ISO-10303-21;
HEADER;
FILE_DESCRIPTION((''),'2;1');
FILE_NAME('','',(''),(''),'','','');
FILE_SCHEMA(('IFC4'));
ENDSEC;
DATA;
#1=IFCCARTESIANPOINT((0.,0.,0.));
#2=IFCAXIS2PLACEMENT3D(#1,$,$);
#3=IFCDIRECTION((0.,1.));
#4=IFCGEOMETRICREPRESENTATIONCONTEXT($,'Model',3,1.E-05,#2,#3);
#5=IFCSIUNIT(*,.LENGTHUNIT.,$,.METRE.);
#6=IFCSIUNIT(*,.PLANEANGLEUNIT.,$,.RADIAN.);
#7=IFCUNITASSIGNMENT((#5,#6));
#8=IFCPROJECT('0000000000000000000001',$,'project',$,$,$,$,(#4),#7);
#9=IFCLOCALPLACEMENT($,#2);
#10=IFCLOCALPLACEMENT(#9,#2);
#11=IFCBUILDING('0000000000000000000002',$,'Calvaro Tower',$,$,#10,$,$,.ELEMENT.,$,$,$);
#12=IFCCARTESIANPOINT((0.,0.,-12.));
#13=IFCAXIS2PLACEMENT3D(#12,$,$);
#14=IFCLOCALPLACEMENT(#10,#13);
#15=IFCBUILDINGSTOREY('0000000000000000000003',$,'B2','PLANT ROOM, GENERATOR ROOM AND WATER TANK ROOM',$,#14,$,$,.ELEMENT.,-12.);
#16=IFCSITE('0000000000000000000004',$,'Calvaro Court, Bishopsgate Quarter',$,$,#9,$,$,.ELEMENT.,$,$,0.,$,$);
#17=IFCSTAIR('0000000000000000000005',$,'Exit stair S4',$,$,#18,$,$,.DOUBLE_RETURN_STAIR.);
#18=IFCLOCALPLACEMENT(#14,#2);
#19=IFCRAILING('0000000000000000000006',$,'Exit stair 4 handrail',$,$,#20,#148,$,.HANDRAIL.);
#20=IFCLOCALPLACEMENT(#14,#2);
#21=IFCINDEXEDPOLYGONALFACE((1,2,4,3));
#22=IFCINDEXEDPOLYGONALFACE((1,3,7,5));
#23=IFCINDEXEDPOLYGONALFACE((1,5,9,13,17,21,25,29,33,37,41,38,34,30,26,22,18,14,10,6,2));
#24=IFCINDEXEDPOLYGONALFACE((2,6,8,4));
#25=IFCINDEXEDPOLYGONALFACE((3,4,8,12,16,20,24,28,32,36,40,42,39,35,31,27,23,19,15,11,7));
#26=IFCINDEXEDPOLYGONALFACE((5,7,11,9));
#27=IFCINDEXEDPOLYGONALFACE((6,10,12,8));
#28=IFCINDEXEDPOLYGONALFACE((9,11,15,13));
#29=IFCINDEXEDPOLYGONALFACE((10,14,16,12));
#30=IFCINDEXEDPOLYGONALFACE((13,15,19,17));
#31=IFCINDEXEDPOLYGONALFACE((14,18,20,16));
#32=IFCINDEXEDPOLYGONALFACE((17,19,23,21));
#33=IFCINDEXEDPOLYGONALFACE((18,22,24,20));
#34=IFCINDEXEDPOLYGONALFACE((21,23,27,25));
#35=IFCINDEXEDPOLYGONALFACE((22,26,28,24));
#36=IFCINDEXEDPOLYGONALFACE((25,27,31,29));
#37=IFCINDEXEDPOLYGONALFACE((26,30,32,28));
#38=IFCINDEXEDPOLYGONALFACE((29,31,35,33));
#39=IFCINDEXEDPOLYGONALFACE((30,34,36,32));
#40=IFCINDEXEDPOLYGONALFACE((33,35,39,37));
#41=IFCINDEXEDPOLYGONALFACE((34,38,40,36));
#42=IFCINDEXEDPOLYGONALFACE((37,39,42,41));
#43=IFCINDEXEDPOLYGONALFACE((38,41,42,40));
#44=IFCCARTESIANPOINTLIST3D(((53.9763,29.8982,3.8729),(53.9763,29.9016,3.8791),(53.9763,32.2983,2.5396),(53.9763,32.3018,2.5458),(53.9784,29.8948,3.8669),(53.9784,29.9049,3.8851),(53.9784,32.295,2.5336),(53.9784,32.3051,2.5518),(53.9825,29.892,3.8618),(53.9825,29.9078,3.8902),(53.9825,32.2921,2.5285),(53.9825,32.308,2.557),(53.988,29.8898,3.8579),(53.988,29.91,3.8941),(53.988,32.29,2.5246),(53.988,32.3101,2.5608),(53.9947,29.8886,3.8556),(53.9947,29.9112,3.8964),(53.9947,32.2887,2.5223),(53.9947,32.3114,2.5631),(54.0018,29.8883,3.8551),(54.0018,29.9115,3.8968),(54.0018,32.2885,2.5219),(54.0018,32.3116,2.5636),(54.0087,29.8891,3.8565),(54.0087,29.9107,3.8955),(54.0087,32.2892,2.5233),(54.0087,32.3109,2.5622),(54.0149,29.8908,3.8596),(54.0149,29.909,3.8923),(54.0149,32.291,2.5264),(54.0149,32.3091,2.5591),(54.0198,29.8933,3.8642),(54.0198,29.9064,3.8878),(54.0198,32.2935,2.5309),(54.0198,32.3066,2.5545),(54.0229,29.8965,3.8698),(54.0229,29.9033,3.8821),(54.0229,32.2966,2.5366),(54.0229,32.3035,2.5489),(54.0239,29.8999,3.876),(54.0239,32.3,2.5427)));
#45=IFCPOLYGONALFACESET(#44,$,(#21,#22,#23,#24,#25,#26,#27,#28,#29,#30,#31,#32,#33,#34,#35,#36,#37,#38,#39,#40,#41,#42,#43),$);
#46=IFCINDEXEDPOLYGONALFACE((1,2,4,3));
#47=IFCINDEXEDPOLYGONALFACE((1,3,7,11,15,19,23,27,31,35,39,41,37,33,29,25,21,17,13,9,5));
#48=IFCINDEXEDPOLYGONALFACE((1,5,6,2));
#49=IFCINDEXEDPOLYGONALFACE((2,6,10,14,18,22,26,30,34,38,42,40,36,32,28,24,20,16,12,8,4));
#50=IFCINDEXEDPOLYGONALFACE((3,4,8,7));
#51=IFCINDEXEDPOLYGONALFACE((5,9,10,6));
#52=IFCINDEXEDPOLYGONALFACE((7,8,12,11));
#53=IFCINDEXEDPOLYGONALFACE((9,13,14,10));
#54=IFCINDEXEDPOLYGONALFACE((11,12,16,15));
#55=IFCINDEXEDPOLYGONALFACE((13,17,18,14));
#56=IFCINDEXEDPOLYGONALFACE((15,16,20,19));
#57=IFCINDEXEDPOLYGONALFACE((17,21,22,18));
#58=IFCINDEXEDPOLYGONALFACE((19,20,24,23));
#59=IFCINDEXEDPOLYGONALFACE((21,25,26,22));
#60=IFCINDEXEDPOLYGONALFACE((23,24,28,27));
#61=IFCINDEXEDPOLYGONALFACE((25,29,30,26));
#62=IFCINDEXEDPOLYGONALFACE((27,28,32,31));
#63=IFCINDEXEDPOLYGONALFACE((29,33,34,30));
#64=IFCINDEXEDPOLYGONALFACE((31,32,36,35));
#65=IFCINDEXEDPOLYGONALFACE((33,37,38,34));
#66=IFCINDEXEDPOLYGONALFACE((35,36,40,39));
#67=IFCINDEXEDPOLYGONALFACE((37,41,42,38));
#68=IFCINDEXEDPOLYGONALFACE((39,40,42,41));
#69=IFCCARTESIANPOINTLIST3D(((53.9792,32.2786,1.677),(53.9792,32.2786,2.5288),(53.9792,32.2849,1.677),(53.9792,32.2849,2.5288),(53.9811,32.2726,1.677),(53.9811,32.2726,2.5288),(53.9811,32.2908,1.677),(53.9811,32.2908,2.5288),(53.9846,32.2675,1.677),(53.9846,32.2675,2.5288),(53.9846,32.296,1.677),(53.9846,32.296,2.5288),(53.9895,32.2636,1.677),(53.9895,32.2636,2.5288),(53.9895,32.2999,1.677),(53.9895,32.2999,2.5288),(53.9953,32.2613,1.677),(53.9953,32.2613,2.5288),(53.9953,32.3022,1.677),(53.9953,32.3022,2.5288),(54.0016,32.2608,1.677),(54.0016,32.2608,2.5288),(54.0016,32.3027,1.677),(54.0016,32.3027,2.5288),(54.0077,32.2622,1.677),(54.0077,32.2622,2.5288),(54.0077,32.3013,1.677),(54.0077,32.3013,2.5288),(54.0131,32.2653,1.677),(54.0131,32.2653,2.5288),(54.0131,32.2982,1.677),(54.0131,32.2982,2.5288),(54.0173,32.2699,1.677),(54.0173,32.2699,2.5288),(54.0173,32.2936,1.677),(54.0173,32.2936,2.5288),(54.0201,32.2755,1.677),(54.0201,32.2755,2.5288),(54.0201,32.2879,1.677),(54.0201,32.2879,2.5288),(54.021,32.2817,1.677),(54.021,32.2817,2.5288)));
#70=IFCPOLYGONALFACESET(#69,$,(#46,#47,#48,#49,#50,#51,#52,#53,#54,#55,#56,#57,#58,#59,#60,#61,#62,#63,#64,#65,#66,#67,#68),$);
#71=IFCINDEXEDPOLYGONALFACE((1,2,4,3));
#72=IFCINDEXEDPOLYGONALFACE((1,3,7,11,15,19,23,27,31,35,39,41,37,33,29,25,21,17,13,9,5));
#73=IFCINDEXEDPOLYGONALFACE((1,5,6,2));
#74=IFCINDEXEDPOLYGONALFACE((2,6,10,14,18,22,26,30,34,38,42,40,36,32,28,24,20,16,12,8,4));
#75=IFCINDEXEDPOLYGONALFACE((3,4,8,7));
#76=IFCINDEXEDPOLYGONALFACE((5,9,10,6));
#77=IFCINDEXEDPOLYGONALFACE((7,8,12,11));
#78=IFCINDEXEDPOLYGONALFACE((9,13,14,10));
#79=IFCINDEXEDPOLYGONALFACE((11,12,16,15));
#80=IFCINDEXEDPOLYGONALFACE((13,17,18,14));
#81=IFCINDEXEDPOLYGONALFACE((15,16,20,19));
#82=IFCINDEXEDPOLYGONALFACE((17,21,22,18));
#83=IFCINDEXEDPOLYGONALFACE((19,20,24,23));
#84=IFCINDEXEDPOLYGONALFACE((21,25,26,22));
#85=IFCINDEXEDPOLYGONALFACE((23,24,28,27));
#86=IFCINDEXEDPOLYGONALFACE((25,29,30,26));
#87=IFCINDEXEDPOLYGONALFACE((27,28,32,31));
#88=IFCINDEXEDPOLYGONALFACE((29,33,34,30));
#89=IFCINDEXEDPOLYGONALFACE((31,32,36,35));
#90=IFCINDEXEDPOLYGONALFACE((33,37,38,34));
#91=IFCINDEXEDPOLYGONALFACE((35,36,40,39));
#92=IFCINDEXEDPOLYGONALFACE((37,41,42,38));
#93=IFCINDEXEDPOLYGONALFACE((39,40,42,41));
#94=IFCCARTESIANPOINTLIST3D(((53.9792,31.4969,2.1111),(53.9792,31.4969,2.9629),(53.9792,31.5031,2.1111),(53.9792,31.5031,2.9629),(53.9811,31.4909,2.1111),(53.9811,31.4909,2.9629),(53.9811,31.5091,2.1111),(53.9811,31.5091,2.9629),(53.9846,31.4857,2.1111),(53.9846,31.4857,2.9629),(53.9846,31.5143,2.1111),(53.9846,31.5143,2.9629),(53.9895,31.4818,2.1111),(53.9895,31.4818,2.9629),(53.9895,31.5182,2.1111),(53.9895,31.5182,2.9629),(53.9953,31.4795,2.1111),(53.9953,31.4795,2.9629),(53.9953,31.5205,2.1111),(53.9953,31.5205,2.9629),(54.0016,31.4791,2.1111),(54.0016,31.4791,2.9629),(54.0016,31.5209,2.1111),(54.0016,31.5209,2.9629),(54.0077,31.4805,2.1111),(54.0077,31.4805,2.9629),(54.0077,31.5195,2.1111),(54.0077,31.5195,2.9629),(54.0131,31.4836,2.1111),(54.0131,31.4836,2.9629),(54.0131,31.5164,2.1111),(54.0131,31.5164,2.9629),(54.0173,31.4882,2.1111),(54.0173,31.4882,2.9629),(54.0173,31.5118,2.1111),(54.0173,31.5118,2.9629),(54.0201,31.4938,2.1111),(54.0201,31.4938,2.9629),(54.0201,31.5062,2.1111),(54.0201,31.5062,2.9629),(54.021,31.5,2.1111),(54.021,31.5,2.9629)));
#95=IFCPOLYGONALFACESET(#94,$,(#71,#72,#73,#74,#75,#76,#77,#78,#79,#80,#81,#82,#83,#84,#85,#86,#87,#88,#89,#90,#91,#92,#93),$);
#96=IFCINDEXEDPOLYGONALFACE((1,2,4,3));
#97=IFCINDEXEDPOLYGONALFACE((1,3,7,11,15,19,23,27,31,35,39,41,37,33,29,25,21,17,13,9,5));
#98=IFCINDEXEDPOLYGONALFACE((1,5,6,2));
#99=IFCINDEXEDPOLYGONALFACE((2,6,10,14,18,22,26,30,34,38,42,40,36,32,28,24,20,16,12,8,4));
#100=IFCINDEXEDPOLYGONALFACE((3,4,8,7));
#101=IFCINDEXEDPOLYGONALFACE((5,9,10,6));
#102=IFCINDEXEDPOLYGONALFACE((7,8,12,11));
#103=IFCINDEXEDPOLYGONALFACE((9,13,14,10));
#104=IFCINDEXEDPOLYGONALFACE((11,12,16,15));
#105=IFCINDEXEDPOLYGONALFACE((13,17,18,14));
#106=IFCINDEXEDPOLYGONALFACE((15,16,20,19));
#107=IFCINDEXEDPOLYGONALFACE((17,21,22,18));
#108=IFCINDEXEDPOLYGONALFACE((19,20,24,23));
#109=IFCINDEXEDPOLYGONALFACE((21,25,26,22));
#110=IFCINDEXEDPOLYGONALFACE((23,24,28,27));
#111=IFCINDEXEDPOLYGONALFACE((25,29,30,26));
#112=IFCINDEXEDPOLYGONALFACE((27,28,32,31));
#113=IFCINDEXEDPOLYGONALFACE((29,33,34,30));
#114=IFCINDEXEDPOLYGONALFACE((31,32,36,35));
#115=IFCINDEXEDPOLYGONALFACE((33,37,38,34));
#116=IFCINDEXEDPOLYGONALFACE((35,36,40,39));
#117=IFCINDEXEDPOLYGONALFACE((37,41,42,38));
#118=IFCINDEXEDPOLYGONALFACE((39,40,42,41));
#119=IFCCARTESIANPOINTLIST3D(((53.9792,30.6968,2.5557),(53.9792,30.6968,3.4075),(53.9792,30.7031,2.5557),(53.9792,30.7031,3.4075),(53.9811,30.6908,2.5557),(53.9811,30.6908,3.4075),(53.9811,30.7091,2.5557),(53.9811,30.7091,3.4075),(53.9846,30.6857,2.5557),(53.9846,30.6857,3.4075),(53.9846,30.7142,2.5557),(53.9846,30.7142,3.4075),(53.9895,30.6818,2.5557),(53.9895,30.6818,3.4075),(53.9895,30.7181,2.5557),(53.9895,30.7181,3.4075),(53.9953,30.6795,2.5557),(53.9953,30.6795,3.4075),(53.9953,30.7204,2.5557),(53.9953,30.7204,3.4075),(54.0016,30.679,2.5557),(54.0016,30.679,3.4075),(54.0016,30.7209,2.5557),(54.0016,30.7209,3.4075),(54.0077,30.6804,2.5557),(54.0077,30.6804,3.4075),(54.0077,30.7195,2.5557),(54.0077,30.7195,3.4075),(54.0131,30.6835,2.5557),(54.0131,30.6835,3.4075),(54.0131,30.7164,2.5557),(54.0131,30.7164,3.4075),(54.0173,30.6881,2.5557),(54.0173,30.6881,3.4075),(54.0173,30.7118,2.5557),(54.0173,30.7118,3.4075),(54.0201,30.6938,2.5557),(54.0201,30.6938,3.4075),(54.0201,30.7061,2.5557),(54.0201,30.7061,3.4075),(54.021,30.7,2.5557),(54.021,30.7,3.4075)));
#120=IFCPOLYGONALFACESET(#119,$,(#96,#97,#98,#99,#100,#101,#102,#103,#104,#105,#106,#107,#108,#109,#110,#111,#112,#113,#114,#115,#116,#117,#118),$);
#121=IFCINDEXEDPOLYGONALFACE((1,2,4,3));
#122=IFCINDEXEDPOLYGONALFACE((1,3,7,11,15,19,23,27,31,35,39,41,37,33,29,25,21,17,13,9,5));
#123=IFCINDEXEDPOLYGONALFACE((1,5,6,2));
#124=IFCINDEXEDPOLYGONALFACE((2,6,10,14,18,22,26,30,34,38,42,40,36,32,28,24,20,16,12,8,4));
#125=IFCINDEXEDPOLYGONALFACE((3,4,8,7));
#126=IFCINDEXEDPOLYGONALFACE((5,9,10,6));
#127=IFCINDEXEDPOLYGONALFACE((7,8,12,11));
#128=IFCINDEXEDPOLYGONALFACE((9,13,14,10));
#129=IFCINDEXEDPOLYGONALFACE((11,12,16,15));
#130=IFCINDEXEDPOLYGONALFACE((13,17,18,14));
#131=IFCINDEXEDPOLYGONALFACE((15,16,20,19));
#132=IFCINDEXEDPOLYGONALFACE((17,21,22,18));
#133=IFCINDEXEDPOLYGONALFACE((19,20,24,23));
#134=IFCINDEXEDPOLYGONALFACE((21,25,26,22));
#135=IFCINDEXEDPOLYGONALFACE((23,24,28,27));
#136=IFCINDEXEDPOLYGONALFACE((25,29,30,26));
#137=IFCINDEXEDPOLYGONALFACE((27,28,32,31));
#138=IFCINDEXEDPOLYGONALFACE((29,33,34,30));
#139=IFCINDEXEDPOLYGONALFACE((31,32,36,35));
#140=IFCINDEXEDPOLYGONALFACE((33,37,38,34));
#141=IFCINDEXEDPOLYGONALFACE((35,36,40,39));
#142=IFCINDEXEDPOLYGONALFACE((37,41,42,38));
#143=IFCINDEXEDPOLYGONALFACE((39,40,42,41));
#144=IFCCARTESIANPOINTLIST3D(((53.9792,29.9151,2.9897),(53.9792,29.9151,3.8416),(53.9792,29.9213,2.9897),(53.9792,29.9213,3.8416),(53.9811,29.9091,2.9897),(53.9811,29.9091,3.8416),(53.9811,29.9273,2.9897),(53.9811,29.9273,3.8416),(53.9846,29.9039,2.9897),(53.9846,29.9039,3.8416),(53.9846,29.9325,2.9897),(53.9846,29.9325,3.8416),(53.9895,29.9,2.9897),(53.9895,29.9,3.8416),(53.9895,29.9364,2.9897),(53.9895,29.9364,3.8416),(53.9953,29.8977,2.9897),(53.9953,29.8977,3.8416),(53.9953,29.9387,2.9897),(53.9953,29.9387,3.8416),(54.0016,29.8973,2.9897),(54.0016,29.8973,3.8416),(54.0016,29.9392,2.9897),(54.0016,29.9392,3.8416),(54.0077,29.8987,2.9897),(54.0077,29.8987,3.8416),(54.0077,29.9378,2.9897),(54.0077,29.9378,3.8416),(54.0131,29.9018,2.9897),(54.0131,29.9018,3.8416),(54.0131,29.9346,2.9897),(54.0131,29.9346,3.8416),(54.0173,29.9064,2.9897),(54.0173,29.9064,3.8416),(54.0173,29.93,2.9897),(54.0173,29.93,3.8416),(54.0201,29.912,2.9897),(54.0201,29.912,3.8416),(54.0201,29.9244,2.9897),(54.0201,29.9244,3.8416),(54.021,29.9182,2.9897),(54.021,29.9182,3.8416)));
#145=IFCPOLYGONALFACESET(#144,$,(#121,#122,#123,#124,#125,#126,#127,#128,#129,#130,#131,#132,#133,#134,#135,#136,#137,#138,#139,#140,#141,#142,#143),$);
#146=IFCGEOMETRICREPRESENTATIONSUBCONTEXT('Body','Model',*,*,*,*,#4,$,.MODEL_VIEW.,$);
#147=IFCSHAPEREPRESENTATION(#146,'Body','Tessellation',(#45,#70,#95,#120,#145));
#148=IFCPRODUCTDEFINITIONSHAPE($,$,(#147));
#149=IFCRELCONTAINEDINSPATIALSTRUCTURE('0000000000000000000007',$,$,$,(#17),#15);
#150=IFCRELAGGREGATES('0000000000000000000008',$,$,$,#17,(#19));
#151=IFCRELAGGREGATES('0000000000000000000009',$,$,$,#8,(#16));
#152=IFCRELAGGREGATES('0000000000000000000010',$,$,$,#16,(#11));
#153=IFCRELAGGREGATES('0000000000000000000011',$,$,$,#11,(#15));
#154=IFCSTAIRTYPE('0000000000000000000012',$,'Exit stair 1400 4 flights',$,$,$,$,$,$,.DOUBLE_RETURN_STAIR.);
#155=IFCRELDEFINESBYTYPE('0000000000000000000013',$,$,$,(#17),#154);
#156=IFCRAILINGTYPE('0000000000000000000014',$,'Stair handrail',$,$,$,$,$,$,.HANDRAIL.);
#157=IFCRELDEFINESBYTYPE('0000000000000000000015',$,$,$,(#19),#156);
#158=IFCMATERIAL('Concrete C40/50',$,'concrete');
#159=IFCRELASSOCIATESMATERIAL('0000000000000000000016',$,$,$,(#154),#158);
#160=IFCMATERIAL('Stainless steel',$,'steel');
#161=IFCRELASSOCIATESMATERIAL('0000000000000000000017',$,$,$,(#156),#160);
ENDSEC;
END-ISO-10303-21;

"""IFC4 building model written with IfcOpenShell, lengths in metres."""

from ifc_helpers import new_model, si_unit, direction, frame, origin, origin_2d, place, context, subcontext, project, spatial, circle, extrude, material, type_object, element, aggregate, save


model = new_model("IFC4")

# Units and contexts
model_context = context("Model", 3, precision=1e-05, world=origin(), true_north=direction((0.0, 1.0)))
body_context = subcontext(model_context, "Body", "Model", "MODEL_VIEW")
ifc_project = project(units=[si_unit("LENGTHUNIT", "METRE"), si_unit("PLANEANGLEUNIT", "RADIAN")], contexts=[model_context])

# Site, building, storey
site_placement = place(None, origin())
site = spatial("IfcSite", under=ifc_project, at=site_placement, Name="Calvaro Court, Bishopsgate Quarter", CompositionType="ELEMENT", RefElevation=0.0)
building_placement = place(site_placement, origin())
building = spatial("IfcBuilding", under=site, at=building_placement, Name="Calvaro Tower", CompositionType="ELEMENT")
storey_placement = place(building_placement, frame((0.0, 0.0, -12.0)))
storey = spatial("IfcBuildingStorey", under=building, at=storey_placement, Name="B2", Description="PLANT ROOM, GENERATOR ROOM AND WATER TANK ROOM", CompositionType="ELEMENT", Elevation=-12.0)

# Shared definitions
ifc_material_1 = material(Name="Concrete C40/50", Category="concrete")
stair_type = type_object("IfcStairType", Name="Exit stair 1400 4 flights", PredefinedType="DOUBLE_RETURN_STAIR", material=ifc_material_1)

# Stair, railing
stair_1_placement = place(storey_placement, origin())
stair_1 = element("IfcStair", 1, at=stair_1_placement, inside=storey, type_object=stair_type, Name="Exit stair S4", PredefinedType="DOUBLE_RETURN_STAIR")
ifc_material_2 = material(Name="Stainless steel", Category="steel")
railing_type = type_object("IfcRailingType", Name="Stair handrail", PredefinedType="HANDRAIL", material=ifc_material_2)
railing_1_placement = place(storey_placement, frame((54.0, 32.3, 1.6667)))
railing_1 = element("IfcRailing", 2, at=railing_1_placement, type_object=railing_type, Name="Exit stair 4 handrail", PredefinedType="HANDRAIL", context=body_context, shape_type="SweptSolid", body=[
    extrude(circle(Radius=0.0239, at=origin_2d()), frame((0.0, 0.0, 0.876), z_axis=(0.0, -0.874182, 0.485598), x_axis=(1.0, 0.0, 0.0)), (0.0, 0.0, 1.0), 2.7456),
    extrude(circle(Radius=0.021, at=origin_2d()), frame((0.0, -0.0183, 0.0103)), (0.0, 0.0, 1.0), 0.8518),
    extrude(circle(Radius=0.021, at=origin_2d()), frame((0.0, -0.8, 0.4443)), (0.0, 0.0, 1.0), 0.8518),
    extrude(circle(Radius=0.021, at=origin_2d()), frame((0.0, -1.6001, 0.8889)), (0.0, 0.0, 1.0), 0.8518),
    extrude(circle(Radius=0.021, at=origin_2d()), frame((0.0, -2.3818, 1.323)), (0.0, 0.0, 1.0), 0.8518),
])
aggregate(stair_1, [railing_1])

save(model, "model.ifc")
